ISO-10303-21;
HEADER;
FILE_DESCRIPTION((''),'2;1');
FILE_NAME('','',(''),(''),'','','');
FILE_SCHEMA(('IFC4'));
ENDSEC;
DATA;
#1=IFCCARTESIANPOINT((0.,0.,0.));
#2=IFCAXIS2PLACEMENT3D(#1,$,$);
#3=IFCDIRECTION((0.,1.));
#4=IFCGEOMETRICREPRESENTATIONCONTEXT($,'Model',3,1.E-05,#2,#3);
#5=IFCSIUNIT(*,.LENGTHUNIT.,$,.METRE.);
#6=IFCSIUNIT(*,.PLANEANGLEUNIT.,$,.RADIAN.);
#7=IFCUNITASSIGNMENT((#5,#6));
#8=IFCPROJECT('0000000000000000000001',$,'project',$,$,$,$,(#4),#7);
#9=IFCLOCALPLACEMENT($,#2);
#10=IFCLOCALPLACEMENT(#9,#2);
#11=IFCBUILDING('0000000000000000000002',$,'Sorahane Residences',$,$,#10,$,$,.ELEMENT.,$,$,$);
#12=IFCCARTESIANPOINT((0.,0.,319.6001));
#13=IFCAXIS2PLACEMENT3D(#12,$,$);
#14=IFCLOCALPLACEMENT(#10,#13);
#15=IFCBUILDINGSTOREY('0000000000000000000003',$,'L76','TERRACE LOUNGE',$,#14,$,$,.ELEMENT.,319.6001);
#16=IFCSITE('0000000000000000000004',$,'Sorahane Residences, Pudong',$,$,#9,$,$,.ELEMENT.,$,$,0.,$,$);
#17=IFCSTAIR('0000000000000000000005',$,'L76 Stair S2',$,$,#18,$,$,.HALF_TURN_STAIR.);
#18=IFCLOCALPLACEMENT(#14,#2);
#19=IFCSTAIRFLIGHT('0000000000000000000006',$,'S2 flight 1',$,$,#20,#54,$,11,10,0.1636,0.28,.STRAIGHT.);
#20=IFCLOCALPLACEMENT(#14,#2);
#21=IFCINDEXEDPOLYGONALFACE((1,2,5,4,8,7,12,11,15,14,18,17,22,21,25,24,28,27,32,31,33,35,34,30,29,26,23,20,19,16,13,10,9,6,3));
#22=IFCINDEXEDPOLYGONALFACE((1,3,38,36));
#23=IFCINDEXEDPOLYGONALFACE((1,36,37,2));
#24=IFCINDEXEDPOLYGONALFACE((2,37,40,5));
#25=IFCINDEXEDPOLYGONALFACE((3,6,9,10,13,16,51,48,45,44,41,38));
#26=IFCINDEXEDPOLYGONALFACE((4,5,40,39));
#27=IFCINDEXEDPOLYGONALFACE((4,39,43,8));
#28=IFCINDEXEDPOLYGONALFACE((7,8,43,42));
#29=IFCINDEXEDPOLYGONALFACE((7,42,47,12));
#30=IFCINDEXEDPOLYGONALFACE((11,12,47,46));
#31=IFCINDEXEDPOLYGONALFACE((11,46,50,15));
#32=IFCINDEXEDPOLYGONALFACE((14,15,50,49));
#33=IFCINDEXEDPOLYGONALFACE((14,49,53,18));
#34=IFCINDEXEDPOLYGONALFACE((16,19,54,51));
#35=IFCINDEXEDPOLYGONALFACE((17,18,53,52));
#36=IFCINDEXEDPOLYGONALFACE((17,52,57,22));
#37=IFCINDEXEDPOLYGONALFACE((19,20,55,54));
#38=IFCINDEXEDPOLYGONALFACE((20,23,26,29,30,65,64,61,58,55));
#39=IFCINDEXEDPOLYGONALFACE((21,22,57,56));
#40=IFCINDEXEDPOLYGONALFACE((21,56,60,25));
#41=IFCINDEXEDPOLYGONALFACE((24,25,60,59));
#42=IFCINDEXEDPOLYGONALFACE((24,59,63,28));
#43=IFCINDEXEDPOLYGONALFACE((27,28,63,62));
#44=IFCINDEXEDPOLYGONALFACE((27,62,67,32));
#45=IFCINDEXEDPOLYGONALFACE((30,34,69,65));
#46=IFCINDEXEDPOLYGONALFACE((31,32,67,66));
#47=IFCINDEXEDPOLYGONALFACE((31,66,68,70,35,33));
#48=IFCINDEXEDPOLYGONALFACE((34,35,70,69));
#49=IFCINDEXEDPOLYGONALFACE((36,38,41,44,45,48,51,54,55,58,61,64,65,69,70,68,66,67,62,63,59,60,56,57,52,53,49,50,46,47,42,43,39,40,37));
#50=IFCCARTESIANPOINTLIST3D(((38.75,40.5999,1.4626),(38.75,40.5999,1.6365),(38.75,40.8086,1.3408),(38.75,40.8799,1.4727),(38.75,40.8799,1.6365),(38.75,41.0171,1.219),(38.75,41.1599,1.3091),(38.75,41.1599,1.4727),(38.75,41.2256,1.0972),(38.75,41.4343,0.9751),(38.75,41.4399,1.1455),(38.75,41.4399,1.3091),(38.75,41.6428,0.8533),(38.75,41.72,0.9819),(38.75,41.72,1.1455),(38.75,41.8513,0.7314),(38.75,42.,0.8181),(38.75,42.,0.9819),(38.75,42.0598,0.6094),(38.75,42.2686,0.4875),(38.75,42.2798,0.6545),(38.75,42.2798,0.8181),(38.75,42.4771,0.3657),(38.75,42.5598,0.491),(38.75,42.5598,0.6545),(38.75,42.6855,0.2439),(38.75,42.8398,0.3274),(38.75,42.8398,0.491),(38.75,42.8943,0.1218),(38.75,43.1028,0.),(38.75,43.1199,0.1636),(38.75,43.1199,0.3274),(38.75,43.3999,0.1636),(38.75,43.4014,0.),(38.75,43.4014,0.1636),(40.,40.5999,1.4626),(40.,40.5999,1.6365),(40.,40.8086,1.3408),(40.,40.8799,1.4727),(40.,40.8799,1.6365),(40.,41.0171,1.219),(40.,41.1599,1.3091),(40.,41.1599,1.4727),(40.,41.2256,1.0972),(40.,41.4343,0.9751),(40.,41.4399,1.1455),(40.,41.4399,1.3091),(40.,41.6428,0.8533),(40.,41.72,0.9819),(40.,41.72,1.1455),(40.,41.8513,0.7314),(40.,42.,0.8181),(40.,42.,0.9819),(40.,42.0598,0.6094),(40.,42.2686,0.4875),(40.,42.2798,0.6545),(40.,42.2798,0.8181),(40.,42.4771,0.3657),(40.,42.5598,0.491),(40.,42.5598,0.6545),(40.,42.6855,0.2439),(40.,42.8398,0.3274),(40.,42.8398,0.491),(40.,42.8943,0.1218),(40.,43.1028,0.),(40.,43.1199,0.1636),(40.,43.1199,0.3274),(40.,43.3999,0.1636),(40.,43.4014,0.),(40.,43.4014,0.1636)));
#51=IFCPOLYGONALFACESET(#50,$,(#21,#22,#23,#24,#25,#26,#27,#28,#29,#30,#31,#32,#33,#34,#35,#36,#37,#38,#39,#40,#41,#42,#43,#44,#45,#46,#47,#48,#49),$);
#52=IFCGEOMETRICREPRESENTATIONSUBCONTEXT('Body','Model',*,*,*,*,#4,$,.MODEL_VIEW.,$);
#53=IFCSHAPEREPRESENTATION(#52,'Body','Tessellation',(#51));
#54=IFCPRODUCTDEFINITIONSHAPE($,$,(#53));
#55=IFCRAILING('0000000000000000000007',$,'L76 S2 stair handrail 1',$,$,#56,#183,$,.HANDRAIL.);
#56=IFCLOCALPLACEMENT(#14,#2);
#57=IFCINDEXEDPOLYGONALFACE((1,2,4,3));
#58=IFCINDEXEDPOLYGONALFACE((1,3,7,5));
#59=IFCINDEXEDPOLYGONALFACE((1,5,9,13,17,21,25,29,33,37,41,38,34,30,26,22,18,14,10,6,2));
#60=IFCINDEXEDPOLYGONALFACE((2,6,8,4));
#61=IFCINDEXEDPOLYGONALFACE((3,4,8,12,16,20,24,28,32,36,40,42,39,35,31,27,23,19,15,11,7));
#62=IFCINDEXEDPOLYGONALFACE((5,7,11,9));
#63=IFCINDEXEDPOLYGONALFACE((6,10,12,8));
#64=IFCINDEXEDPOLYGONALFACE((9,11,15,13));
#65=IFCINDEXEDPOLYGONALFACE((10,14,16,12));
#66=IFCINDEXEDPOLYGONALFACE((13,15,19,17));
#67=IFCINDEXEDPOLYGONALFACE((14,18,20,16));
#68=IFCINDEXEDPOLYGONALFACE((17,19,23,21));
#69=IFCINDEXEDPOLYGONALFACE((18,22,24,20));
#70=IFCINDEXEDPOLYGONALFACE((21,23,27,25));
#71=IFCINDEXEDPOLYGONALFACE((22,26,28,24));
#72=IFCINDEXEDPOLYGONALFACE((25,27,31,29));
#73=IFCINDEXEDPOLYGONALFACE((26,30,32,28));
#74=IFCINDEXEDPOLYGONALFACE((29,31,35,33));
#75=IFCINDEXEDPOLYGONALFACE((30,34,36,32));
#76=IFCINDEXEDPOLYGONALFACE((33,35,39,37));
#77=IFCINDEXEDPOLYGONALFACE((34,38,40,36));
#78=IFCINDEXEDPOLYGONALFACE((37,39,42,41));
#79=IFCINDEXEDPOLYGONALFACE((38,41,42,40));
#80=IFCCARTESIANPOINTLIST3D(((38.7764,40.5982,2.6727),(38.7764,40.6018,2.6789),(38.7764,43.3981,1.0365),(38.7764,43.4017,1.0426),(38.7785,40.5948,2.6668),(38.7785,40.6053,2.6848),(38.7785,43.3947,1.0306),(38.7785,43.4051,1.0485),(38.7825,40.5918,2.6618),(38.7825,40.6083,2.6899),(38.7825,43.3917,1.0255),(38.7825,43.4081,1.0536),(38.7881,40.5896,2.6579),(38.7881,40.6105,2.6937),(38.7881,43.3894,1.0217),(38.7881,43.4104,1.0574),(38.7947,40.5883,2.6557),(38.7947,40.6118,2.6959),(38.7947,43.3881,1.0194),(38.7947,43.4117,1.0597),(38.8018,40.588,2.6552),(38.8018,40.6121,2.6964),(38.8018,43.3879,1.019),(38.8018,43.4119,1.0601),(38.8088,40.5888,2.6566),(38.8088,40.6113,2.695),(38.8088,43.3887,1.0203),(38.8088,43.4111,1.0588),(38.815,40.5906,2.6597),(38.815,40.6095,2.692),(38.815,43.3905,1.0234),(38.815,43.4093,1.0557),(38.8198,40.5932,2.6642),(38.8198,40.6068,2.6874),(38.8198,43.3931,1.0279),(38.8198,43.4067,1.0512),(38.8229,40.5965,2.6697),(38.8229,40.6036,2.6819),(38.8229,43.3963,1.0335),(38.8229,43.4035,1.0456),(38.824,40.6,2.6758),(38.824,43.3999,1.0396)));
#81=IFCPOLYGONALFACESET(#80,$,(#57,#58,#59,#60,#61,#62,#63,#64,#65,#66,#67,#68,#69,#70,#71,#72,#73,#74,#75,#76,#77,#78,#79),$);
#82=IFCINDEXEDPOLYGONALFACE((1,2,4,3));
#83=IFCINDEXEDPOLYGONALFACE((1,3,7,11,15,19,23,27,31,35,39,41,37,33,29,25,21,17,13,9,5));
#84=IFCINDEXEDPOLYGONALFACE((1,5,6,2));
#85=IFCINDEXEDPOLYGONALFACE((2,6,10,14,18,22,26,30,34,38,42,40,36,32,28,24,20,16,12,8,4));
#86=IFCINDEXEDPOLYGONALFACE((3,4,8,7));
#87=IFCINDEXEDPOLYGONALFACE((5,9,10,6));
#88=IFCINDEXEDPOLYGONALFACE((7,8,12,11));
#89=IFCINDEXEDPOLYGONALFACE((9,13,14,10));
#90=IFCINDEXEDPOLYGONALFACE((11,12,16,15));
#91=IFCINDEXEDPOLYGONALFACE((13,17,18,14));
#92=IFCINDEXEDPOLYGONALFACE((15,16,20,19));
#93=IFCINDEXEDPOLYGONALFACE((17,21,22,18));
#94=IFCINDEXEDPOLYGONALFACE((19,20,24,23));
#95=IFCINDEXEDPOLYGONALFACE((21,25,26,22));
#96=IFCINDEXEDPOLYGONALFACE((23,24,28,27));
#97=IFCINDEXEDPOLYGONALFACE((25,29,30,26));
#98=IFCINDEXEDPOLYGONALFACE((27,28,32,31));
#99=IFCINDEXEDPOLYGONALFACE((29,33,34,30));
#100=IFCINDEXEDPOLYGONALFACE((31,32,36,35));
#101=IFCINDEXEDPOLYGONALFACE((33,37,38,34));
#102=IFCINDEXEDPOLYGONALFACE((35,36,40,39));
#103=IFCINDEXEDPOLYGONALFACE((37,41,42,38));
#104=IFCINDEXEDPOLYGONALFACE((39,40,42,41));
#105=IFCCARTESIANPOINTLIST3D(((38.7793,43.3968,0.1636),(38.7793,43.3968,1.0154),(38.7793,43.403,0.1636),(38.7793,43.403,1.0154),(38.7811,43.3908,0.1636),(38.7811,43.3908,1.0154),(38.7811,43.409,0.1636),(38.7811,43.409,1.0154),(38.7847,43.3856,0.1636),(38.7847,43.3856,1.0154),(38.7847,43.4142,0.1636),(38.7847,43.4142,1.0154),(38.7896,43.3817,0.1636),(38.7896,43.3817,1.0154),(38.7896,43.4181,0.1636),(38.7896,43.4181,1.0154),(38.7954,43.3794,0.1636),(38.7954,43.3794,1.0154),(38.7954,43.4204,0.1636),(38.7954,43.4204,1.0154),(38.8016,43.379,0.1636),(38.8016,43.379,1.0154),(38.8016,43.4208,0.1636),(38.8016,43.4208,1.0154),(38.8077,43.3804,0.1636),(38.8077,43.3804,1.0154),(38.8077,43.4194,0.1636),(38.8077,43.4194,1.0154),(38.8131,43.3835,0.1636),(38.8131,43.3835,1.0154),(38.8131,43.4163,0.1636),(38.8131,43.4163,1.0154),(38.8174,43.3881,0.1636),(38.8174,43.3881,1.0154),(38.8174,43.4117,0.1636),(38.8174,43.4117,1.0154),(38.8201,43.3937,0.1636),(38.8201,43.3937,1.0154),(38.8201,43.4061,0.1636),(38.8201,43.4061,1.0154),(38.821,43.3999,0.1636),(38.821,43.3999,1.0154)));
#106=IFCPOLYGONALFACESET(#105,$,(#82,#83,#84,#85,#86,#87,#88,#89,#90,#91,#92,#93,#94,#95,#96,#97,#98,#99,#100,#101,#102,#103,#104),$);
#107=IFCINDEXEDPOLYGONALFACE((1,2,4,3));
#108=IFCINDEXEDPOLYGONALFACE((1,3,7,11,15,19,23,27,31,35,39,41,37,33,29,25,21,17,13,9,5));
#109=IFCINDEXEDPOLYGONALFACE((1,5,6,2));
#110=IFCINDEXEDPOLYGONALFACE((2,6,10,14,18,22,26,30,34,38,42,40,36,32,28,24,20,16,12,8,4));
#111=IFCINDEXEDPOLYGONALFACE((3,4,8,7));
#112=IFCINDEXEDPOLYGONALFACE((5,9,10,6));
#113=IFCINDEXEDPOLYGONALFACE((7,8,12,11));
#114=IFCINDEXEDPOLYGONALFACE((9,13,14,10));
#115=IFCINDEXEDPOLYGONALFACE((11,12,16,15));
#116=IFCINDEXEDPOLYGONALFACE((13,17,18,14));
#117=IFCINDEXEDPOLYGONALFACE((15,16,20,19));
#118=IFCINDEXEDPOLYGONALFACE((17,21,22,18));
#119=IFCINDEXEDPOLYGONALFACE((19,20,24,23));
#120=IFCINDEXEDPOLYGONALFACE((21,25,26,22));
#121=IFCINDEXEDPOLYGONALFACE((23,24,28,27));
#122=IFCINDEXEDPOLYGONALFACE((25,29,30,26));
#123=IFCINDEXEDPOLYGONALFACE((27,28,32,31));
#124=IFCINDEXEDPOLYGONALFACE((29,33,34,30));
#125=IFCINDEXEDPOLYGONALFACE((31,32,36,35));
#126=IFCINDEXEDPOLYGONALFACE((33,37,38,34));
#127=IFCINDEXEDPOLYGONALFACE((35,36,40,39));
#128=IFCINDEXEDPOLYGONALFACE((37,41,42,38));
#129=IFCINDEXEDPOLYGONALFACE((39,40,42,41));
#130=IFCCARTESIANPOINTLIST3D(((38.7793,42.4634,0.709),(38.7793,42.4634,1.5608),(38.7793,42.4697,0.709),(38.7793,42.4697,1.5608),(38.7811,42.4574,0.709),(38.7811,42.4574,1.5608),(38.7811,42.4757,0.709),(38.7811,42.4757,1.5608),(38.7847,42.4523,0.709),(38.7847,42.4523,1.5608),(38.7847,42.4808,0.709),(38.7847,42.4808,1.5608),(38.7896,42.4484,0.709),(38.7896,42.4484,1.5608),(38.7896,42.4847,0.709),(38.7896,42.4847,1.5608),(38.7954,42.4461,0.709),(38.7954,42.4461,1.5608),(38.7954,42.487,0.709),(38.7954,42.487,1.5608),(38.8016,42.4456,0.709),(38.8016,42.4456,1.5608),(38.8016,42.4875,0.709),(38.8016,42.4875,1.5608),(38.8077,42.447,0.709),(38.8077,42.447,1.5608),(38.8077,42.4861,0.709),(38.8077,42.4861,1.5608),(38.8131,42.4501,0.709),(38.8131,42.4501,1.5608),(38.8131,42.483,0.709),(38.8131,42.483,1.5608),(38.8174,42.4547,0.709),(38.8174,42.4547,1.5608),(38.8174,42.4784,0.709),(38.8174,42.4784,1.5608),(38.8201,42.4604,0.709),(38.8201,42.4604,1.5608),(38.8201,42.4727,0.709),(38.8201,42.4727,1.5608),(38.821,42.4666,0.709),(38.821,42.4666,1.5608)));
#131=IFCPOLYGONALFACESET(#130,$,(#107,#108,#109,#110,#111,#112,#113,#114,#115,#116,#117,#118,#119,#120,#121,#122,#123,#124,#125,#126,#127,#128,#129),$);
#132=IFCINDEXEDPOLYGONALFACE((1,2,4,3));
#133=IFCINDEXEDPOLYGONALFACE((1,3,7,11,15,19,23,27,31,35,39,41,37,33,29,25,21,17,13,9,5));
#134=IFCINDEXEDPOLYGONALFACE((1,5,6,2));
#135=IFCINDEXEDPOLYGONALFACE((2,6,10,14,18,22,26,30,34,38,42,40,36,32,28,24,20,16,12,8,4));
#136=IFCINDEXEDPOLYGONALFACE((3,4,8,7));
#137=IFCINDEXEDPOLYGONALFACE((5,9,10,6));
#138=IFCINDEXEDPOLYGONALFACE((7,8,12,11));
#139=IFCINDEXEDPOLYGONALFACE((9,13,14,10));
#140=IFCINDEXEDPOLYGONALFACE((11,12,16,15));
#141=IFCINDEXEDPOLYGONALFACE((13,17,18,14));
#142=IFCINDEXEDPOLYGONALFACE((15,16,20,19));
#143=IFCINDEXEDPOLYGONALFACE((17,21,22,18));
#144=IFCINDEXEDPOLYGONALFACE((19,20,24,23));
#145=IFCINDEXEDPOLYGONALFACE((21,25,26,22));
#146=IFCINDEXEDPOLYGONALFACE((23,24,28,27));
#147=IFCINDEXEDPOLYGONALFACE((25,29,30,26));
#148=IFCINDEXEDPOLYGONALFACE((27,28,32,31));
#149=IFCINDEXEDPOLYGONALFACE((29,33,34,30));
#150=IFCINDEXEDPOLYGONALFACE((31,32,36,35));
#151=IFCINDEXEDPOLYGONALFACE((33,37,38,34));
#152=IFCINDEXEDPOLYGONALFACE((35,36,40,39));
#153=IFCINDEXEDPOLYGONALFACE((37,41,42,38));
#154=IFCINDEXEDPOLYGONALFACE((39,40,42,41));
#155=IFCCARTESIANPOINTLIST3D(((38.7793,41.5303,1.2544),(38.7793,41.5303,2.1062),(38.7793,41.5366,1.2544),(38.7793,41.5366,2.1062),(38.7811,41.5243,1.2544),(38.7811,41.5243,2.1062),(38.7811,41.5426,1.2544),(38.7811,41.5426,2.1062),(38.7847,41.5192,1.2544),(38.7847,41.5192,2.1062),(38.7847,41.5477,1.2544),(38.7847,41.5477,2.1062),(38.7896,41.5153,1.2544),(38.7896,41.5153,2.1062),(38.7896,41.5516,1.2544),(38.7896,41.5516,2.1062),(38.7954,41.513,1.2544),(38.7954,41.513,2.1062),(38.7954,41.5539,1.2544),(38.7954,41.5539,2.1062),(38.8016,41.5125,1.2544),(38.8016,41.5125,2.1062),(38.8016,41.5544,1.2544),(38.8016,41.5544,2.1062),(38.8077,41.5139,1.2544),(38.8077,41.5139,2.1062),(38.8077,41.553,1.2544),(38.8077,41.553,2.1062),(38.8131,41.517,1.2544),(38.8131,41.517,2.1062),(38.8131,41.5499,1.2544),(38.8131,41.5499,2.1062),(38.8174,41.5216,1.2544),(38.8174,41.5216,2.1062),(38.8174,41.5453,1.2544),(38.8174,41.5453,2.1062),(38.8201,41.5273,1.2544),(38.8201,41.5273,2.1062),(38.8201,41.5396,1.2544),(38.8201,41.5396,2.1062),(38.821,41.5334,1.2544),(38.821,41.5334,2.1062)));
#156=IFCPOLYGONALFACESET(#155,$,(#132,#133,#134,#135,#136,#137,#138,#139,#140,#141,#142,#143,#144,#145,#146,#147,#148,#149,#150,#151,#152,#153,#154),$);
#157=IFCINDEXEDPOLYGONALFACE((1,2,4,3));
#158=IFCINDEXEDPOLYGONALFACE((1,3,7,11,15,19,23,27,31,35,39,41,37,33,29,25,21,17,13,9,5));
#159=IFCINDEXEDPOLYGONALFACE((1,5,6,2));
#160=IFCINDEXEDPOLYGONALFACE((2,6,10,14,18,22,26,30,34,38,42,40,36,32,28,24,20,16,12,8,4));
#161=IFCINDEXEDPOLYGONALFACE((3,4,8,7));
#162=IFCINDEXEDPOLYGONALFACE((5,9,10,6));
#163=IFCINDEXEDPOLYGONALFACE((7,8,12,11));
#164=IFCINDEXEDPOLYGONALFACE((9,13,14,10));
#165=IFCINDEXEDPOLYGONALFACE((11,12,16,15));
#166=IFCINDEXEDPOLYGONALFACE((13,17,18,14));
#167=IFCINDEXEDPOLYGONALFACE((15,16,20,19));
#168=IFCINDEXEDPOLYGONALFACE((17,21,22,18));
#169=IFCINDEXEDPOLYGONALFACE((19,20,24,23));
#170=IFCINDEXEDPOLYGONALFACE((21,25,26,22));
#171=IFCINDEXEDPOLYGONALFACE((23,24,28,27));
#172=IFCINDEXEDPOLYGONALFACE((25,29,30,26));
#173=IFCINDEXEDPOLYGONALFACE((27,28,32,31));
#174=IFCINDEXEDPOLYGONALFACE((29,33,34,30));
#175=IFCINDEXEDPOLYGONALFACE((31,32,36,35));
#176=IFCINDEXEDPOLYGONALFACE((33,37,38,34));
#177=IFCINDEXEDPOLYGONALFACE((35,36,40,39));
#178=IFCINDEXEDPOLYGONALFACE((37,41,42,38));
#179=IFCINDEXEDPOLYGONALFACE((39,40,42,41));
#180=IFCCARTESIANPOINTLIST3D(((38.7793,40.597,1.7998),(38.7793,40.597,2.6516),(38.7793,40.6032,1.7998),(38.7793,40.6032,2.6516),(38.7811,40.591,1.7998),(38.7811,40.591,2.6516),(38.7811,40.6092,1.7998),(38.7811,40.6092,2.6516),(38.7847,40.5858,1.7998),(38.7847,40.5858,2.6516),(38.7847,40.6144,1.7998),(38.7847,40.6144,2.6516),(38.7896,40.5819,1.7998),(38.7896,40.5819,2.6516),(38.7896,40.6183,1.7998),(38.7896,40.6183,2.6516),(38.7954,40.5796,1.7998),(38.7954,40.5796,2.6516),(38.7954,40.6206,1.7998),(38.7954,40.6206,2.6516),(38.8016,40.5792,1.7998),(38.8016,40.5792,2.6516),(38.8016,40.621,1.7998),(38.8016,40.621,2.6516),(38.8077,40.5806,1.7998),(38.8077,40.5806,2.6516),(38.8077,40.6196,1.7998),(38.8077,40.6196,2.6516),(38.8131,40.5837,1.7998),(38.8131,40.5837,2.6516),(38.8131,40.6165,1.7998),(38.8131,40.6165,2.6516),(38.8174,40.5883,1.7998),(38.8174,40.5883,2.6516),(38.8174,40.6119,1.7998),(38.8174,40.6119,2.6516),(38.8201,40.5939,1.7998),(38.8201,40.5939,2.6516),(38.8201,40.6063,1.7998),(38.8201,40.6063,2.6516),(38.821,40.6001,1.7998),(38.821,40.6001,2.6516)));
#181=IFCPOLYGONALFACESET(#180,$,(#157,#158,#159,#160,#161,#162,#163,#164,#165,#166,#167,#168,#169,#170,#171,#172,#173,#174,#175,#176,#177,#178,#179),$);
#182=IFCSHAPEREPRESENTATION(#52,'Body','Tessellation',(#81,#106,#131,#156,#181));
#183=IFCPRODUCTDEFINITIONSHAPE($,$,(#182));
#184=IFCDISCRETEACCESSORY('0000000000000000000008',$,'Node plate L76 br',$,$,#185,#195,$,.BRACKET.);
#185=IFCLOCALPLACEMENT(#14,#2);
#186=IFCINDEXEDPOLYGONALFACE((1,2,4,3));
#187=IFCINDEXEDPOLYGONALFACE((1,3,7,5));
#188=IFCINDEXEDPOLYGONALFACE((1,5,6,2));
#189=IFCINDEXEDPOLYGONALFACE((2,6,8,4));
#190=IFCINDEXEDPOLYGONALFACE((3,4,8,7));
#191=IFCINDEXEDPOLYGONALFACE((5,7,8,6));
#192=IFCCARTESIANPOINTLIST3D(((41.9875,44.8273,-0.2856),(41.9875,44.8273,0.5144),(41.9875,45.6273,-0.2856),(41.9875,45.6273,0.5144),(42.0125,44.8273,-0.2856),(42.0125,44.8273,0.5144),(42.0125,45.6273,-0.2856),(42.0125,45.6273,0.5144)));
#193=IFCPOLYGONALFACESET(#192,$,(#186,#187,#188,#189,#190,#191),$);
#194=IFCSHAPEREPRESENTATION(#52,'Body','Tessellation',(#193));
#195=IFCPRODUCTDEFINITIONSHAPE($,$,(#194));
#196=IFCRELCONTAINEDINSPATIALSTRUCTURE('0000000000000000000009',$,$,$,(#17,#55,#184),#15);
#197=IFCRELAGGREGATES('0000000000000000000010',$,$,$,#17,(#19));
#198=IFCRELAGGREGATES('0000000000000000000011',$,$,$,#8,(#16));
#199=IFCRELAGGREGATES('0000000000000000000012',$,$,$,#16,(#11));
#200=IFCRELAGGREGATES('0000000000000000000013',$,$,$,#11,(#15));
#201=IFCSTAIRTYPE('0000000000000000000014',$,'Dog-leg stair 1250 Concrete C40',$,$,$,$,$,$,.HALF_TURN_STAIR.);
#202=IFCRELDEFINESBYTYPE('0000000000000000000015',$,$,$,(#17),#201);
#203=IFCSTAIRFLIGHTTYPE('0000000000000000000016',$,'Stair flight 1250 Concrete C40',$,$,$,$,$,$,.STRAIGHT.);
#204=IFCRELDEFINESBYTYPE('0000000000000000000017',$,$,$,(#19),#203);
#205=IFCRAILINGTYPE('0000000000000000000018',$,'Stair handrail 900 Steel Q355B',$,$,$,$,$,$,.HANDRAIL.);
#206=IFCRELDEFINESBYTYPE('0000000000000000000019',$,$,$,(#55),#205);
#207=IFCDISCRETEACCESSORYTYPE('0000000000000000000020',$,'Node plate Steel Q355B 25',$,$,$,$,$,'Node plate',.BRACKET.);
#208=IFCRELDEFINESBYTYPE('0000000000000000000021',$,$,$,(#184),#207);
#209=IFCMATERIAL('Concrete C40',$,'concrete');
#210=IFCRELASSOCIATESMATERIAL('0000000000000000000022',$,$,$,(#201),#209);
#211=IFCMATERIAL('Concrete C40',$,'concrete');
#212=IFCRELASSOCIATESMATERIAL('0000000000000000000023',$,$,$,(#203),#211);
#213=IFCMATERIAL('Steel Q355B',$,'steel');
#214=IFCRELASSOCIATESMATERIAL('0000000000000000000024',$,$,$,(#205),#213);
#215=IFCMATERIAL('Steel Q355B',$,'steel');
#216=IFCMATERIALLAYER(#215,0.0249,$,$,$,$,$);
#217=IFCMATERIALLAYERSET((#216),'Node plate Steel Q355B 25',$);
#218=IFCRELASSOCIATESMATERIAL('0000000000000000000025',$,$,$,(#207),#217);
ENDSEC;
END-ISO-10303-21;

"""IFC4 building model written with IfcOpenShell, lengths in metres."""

from ifc_helpers import new_model, si_unit, direction, frame, origin, origin_2d, place, context, subcontext, project, spatial, polyline, rectangle, circle, outline, extrude, material, layer, layer_set, type_object, element, aggregate, save


model = new_model("IFC4")

# Units and contexts
model_context = context("Model", 3, precision=1e-05, world=origin(), true_north=direction((0.0, 1.0)))
body_context = subcontext(model_context, "Body", "Model", "MODEL_VIEW")
ifc_project = project(units=[si_unit("LENGTHUNIT", "METRE"), si_unit("PLANEANGLEUNIT", "RADIAN")], contexts=[model_context])

# Site, building, storey
site_placement = place(None, origin())
site = spatial("IfcSite", under=ifc_project, at=site_placement, Name="Sorahane Residences, Pudong", CompositionType="ELEMENT", RefElevation=0.0)
building_placement = place(site_placement, origin())
building = spatial("IfcBuilding", under=site, at=building_placement, Name="Sorahane Residences", CompositionType="ELEMENT")
storey_placement = place(building_placement, frame((0.0, 0.0, 319.6001)))
storey = spatial("IfcBuildingStorey", under=building, at=storey_placement, Name="L76", Description="TERRACE LOUNGE", CompositionType="ELEMENT", Elevation=319.6001)

# Stair, stair flight
ifc_material_1 = material(Name="Concrete C40", Category="concrete")
stair_type = type_object("IfcStairType", Name="Dog-leg stair 1250 Concrete C40", PredefinedType="HALF_TURN_STAIR", material=ifc_material_1)
stair_placement = place(storey_placement, origin())
stair = element("IfcStair", 1, at=stair_placement, inside=storey, type_object=stair_type, Name="L76 Stair S2", PredefinedType="HALF_TURN_STAIR")
ifc_material_2 = material(Name="Concrete C40", Category="concrete")
stair_flight_type = type_object("IfcStairFlightType", Name="Stair flight 1250 Concrete C40", PredefinedType="STRAIGHT", material=ifc_material_2)
stair_flight_placement = place(storey_placement, frame((39.375, 43.3999, 0.0), z_axis=(0.0, 0.0, 1.0), x_axis=(0.0, -1.0, 0.0)))
stair_flight = element("IfcStairFlight", 2, at=stair_flight_placement, type_object=stair_flight_type, Name="S2 flight 1", NumberOfRisers=11, NumberOfTreads=10, PredefinedType="STRAIGHT", RiserHeight=0.1636, TreadLength=0.28, context=body_context, shape_type="SweptSolid", body=[
    extrude(outline(polyline([(-0.0015, 0.0), (-0.0015, 0.1636), (0.0, 0.1636), (0.28, 0.1636), (0.28, 0.3274), (0.5601, 0.3274), (0.5601, 0.491), (0.8401, 0.491), (0.8401, 0.6545), (1.1201, 0.6545), (1.1201, 0.8181), (1.3999, 0.8181), (1.3999, 0.9819), (1.6799, 0.9819), (1.6799, 1.1455), (1.96, 1.1455), (1.96, 1.3091), (2.24, 1.3091), (2.24, 1.4727), (2.52, 1.4727), (2.52, 1.6365), (2.8, 1.6365), (2.8, 1.8), (2.8, 1.4626), (2.5913, 1.3408), (2.3828, 1.219), (2.1743, 1.0972), (1.9656, 0.9751), (1.7571, 0.8533), (1.5486, 0.7314), (1.3401, 0.6094), (1.1313, 0.4875), (0.9229, 0.3657), (0.7144, 0.2439), (0.5056, 0.1218), (0.2971, 0.0), (-0.0015, 0.0)])), frame((0.0, 0.625, 0.0), z_axis=(0.0, -1.0, 0.0), x_axis=(1.0, 0.0, 0.0)), (0.0, 0.0, 1.0), 1.25),
])
aggregate(stair, [stair_flight])

# Railing
ifc_material_3 = material(Name="Steel Q355B", Category="steel")
railing_type_1 = type_object("IfcRailingType", Name="Stair handrail 900 Steel Q355B", PredefinedType="HANDRAIL", material=ifc_material_3)
railing_1_placement = place(storey_placement, frame((38.8, 43.3999, 0.1636)))
element("IfcRailing", 3, at=railing_1_placement, inside=storey, type_object=railing_type_1, Name="L76 S2 stair handrail 1", PredefinedType="HANDRAIL", context=body_context, shape_type="SweptSolid", body=[
    extrude(circle(Radius=0.0239, at=origin_2d()), frame((0.0, 0.0, 0.876), z_axis=(0.0, -0.863374, 0.504564), x_axis=(1.0, 0.0, 0.0)), (0.0, 0.0, 1.0), 3.2429),
    extrude(circle(Radius=0.021, at=origin_2d()), origin(), (0.0, 0.0, 1.0), 0.8518),
    extrude(circle(Radius=0.021, at=origin_2d()), frame((0.0, -0.9333, 0.5454)), (0.0, 0.0, 1.0), 0.8518),
    extrude(circle(Radius=0.021, at=origin_2d()), frame((0.0, -1.8665, 1.0908)), (0.0, 0.0, 1.0), 0.8518),
    extrude(circle(Radius=0.021, at=origin_2d()), frame((0.0, -2.7998, 1.6362)), (0.0, 0.0, 1.0), 0.8518),
])

# Discrete accessory
ifc_material_4 = material(Name="Steel Q355B", Category="steel")
ifc_layer_1 = layer(ifc_material_4, 0.0249)
ifc_layer_set_1 = layer_set([ifc_layer_1], Name="Node plate Steel Q355B 25")
discrete_accessory_type = type_object("IfcDiscreteAccessoryType", Name="Node plate Steel Q355B 25", ElementType="Node plate", PredefinedType="BRACKET", material=ifc_layer_set_1)
for number, where, z_axis, x_axis, name in (
    (4, (42.0, 45.2273, -0.2856), (0.0, 0.0, 1.0), (0.0, 1.0, 0.0), "Node plate L76 br"),
):
    element("IfcDiscreteAccessory", number, at=place(storey_placement, frame(where, z_axis=z_axis, x_axis=x_axis)), inside=storey, type_object=discrete_accessory_type, Name=name, PredefinedType="BRACKET", context=body_context, shape_type="SweptSolid", body=[
        extrude(rectangle(XDim=0.8, YDim=0.0249, at=origin_2d()), origin(), (0.0, 0.0, 1.0), 0.8),
    ])

save(model, "model.ifc")
